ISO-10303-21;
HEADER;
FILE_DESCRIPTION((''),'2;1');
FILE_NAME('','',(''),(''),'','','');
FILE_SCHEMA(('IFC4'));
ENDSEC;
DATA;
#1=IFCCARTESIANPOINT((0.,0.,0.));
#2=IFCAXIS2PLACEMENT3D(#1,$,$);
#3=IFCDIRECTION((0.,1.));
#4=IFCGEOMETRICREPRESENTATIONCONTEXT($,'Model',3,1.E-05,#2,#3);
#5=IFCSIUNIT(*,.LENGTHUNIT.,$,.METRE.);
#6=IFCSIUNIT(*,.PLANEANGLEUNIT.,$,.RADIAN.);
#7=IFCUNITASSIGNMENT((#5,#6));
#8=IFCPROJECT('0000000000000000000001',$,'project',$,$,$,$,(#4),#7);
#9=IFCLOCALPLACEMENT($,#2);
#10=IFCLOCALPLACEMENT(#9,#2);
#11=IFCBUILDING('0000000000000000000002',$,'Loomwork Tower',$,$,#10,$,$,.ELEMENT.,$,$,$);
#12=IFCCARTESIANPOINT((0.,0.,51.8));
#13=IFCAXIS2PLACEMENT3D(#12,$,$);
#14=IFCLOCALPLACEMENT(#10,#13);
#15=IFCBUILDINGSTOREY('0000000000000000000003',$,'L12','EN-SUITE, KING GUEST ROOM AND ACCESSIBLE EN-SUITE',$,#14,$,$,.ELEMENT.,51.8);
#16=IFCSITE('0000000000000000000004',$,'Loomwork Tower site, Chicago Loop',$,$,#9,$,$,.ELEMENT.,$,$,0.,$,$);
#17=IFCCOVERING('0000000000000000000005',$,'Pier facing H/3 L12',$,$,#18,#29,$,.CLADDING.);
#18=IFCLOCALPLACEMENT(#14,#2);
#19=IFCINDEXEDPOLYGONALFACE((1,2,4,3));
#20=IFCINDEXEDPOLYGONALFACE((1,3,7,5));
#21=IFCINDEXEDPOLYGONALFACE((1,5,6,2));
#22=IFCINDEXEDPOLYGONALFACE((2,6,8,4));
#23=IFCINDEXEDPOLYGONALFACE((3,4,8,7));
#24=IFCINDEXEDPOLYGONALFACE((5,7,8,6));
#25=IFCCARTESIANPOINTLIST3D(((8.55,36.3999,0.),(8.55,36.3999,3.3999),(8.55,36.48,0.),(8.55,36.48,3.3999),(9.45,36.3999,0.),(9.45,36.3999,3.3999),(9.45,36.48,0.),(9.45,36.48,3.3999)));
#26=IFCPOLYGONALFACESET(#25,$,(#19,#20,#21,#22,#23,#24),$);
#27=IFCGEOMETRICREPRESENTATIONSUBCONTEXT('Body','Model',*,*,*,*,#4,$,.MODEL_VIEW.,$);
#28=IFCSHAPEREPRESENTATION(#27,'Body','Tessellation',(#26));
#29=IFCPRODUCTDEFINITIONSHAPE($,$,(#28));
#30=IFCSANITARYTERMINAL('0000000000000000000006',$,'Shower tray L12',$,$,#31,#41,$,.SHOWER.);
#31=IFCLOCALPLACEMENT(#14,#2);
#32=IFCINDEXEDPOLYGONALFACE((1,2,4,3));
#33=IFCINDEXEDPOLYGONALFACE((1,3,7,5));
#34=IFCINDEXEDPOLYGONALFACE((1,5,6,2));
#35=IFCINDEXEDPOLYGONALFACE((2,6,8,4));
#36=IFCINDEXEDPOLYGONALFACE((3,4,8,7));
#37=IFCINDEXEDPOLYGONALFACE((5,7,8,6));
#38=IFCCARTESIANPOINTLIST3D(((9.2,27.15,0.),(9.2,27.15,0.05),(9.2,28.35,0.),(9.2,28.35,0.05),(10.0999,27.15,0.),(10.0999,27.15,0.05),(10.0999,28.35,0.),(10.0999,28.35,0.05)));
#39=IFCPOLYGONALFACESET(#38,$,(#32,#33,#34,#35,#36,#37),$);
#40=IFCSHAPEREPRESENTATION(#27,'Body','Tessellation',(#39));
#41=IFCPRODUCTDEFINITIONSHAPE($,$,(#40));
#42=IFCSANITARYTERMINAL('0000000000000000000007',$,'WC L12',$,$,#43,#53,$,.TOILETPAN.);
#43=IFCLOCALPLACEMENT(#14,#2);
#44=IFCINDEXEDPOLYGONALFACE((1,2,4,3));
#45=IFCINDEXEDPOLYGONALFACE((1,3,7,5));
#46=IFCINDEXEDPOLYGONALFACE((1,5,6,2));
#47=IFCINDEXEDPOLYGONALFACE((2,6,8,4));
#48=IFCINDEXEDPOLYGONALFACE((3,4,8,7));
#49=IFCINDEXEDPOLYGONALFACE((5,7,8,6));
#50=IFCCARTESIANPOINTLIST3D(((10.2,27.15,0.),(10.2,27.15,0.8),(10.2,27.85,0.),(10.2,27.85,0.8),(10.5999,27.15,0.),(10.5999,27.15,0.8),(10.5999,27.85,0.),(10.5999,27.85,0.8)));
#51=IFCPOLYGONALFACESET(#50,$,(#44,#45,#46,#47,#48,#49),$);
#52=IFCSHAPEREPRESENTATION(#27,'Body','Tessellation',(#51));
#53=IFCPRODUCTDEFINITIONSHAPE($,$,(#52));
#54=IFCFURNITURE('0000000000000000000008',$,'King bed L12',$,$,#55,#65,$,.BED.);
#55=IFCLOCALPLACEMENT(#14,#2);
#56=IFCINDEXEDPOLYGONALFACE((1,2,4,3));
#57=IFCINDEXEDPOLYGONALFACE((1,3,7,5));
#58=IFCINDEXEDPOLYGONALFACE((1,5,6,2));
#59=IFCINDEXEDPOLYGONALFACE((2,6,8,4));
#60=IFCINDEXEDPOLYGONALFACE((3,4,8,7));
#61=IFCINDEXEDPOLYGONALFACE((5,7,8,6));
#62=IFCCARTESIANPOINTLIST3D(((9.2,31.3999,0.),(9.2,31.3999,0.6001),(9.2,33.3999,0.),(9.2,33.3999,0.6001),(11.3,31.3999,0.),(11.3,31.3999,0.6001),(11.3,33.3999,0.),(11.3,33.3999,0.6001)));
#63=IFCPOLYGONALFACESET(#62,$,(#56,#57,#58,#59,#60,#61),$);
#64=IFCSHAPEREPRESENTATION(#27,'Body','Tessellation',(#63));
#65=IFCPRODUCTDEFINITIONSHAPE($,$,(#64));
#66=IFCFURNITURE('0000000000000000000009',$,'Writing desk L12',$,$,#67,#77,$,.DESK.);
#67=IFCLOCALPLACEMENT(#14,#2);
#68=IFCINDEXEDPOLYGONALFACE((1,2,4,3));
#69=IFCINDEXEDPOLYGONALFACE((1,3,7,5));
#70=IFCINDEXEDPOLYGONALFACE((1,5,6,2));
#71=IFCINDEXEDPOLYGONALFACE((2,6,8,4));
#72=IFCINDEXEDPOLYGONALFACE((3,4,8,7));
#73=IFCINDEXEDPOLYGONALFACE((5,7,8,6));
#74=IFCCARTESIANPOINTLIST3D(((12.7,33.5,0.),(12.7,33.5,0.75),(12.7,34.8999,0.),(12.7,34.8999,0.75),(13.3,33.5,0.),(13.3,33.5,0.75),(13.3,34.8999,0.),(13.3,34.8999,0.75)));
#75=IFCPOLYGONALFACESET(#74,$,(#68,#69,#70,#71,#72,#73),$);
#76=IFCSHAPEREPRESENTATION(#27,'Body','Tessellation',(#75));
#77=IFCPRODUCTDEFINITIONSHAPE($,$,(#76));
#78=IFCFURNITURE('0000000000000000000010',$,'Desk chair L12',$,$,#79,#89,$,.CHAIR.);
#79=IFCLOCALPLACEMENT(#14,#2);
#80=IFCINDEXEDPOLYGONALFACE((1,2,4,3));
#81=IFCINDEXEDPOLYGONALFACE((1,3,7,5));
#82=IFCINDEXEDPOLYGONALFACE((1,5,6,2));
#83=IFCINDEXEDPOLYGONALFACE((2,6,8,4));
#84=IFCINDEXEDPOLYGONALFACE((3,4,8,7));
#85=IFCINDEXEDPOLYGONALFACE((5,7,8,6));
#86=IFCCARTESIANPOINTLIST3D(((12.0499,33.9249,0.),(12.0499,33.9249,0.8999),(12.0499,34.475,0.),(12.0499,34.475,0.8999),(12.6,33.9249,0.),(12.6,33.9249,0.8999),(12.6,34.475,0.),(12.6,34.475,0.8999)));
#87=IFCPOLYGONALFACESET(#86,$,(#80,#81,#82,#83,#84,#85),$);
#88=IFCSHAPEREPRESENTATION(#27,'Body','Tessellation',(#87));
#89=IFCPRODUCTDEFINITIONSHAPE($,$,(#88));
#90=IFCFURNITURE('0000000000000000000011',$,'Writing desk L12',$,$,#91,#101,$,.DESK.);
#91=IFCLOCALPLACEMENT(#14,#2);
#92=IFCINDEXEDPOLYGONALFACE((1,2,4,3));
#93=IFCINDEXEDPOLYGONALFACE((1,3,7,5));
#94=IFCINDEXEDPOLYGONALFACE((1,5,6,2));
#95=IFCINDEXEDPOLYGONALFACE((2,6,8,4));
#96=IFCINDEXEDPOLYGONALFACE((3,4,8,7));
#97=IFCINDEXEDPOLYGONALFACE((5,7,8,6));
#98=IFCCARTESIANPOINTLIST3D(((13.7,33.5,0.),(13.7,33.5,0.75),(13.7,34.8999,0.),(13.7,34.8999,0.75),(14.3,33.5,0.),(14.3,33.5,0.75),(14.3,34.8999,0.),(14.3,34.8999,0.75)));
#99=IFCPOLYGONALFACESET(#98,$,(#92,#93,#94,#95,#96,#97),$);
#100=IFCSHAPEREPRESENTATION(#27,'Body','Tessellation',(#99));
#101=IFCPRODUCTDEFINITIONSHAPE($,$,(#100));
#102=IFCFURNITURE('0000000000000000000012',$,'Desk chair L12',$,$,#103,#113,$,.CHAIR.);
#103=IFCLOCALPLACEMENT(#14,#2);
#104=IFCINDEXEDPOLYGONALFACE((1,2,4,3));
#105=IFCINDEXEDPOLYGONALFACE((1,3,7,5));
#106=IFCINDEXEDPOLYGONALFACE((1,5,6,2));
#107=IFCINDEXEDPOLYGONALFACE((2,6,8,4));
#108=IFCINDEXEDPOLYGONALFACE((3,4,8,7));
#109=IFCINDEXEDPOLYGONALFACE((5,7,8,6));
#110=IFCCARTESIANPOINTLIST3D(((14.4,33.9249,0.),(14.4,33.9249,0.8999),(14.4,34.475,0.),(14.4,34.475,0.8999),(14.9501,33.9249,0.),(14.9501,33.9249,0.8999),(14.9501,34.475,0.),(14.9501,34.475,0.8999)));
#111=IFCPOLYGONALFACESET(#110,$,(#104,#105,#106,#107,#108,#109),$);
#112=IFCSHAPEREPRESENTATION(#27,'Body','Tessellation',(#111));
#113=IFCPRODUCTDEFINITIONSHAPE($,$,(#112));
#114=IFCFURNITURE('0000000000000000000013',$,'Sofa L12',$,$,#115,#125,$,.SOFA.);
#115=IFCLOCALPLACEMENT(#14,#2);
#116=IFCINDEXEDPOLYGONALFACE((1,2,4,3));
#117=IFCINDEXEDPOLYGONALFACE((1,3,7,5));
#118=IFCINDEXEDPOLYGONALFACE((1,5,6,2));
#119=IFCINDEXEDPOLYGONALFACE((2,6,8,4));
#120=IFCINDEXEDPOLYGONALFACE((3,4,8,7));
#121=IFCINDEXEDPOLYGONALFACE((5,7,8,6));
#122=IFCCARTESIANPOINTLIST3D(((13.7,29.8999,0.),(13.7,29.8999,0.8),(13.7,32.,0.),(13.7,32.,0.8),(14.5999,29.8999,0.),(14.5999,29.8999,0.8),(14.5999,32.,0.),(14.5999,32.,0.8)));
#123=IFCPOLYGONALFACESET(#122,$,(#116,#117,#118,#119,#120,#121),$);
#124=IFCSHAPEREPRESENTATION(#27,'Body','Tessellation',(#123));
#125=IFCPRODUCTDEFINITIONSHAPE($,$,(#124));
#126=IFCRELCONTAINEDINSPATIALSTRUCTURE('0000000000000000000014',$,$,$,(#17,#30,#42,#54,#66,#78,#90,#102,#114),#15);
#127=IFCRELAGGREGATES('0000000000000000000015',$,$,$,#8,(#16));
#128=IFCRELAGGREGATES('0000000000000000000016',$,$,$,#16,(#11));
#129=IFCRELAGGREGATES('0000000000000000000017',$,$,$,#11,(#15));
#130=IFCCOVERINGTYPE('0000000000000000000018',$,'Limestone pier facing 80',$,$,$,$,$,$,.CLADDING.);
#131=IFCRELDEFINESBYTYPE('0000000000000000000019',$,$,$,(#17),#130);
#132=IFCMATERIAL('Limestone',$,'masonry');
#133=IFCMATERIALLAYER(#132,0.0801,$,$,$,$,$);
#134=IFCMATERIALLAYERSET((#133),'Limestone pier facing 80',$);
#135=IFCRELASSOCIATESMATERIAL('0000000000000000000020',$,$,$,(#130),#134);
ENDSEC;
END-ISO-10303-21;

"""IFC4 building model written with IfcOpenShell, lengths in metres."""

from ifc_helpers import new_model, si_unit, direction, frame, origin, origin_2d, place, context, subcontext, project, spatial, rectangle, extrude, material, layer, layer_set, type_object, element, save


model = new_model("IFC4")

# Units and contexts
model_context = context("Model", 3, precision=1e-05, world=origin(), true_north=direction((0.0, 1.0)))
body_context = subcontext(model_context, "Body", "Model", "MODEL_VIEW")
ifc_project = project(units=[si_unit("LENGTHUNIT", "METRE"), si_unit("PLANEANGLEUNIT", "RADIAN")], contexts=[model_context])

# Site, building, storey
site_placement = place(None, origin())
site = spatial("IfcSite", under=ifc_project, at=site_placement, Name="Loomwork Tower site, Chicago Loop", CompositionType="ELEMENT", RefElevation=0.0)
building_placement = place(site_placement, origin())
building = spatial("IfcBuilding", under=site, at=building_placement, Name="Loomwork Tower", CompositionType="ELEMENT")
storey_placement = place(building_placement, frame((0.0, 0.0, 51.8)))
storey = spatial("IfcBuildingStorey", under=building, at=storey_placement, Name="L12", Description="EN-SUITE, KING GUEST ROOM AND ACCESSIBLE EN-SUITE", CompositionType="ELEMENT", Elevation=51.8)

# Covering
ifc_material_1 = material(Name="Limestone", Category="masonry")
ifc_layer_1 = layer(ifc_material_1, 0.0801)
ifc_layer_set_1 = layer_set([ifc_layer_1], Name="Limestone pier facing 80")
covering_type = type_object("IfcCoveringType", Name="Limestone pier facing 80", PredefinedType="CLADDING", material=ifc_layer_set_1)
covering_placement = place(storey_placement, frame((9.0, 36.4399, 0.0), z_axis=(0.0, 0.0, 1.0), x_axis=(1.0, 0.0, 0.0)))
element("IfcCovering", 1, at=covering_placement, inside=storey, type_object=covering_type, Name="Pier facing H/3 L12", PredefinedType="CLADDING", context=body_context, shape_type="SweptSolid", body=[
    extrude(rectangle(XDim=0.8999, YDim=0.0801, at=origin_2d()), origin(), (0.0, 0.0, 1.0), 3.3999),
])

# Sanitary terminals
sanitary_terminal_1_placement = place(storey_placement, frame((9.6499, 27.75, 0.0), z_axis=(0.0, 0.0, 1.0), x_axis=(1.0, 0.0, 0.0)))
element("IfcSanitaryTerminal", 2, at=sanitary_terminal_1_placement, inside=storey, Name="Shower tray L12", PredefinedType="SHOWER", context=body_context, shape_type="SweptSolid", body=[
    extrude(rectangle(XDim=0.8999, YDim=1.2, at=origin_2d()), origin(), (0.0, 0.0, 1.0), 0.05),
])
sanitary_terminal_2_placement = place(storey_placement, frame((10.3999, 27.5, 0.0), z_axis=(0.0, 0.0, 1.0), x_axis=(1.0, 0.0, 0.0)))
element("IfcSanitaryTerminal", 3, at=sanitary_terminal_2_placement, inside=storey, Name="WC L12", PredefinedType="TOILETPAN", context=body_context, shape_type="SweptSolid", body=[
    extrude(rectangle(XDim=0.3999, YDim=0.7, at=origin_2d()), origin(), (0.0, 0.0, 1.0), 0.8),
])

# Furniture
furniture_1_placement = place(storey_placement, frame((10.25, 32.3999, 0.0), z_axis=(0.0, 0.0, 1.0), x_axis=(1.0, 0.0, 0.0)))
element("IfcFurniture", 4, at=furniture_1_placement, inside=storey, Name="King bed L12", PredefinedType="BED", context=body_context, shape_type="SweptSolid", body=[
    extrude(rectangle(XDim=2.1001, YDim=2.0, at=origin_2d()), origin(), (0.0, 0.0, 1.0), 0.6001),
])
furniture_2_placement = place(storey_placement, frame((13.0, 34.2, 0.0), z_axis=(0.0, 0.0, 1.0), x_axis=(1.0, 0.0, 0.0)))
element("IfcFurniture", 5, at=furniture_2_placement, inside=storey, Name="Writing desk L12", PredefinedType="DESK", context=body_context, shape_type="SweptSolid", body=[
    extrude(rectangle(XDim=0.6001, YDim=1.3999, at=origin_2d()), origin(), (0.0, 0.0, 1.0), 0.75),
])
furniture_3_placement = place(storey_placement, frame((12.325, 34.2, 0.0), z_axis=(0.0, 0.0, 1.0), x_axis=(1.0, 0.0, 0.0)))
element("IfcFurniture", 6, at=furniture_3_placement, inside=storey, Name="Desk chair L12", PredefinedType="CHAIR", context=body_context, shape_type="SweptSolid", body=[
    extrude(rectangle(XDim=0.55, YDim=0.55, at=origin_2d()), origin(), (0.0, 0.0, 1.0), 0.8999),
])
furniture_4_placement = place(storey_placement, frame((14.0, 34.2, 0.0), z_axis=(0.0, 0.0, 1.0), x_axis=(1.0, 0.0, 0.0)))
element("IfcFurniture", 7, at=furniture_4_placement, inside=storey, Name="Writing desk L12", PredefinedType="DESK", context=body_context, shape_type="SweptSolid", body=[
    extrude(rectangle(XDim=0.6001, YDim=1.3999, at=origin_2d()), origin(), (0.0, 0.0, 1.0), 0.75),
])
furniture_5_placement = place(storey_placement, frame((14.675, 34.2, 0.0), z_axis=(0.0, 0.0, 1.0), x_axis=(1.0, 0.0, 0.0)))
element("IfcFurniture", 8, at=furniture_5_placement, inside=storey, Name="Desk chair L12", PredefinedType="CHAIR", context=body_context, shape_type="SweptSolid", body=[
    extrude(rectangle(XDim=0.55, YDim=0.55, at=origin_2d()), origin(), (0.0, 0.0, 1.0), 0.8999),
])
furniture_6_placement = place(storey_placement, frame((14.1499, 30.95, 0.0), z_axis=(0.0, 0.0, 1.0), x_axis=(1.0, 0.0, 0.0)))
element("IfcFurniture", 9, at=furniture_6_placement, inside=storey, Name="Sofa L12", PredefinedType="SOFA", context=body_context, shape_type="SweptSolid", body=[
    extrude(rectangle(XDim=0.8999, YDim=2.1001, at=origin_2d()), origin(), (0.0, 0.0, 1.0), 0.8),
])

save(model, "model.ifc")
